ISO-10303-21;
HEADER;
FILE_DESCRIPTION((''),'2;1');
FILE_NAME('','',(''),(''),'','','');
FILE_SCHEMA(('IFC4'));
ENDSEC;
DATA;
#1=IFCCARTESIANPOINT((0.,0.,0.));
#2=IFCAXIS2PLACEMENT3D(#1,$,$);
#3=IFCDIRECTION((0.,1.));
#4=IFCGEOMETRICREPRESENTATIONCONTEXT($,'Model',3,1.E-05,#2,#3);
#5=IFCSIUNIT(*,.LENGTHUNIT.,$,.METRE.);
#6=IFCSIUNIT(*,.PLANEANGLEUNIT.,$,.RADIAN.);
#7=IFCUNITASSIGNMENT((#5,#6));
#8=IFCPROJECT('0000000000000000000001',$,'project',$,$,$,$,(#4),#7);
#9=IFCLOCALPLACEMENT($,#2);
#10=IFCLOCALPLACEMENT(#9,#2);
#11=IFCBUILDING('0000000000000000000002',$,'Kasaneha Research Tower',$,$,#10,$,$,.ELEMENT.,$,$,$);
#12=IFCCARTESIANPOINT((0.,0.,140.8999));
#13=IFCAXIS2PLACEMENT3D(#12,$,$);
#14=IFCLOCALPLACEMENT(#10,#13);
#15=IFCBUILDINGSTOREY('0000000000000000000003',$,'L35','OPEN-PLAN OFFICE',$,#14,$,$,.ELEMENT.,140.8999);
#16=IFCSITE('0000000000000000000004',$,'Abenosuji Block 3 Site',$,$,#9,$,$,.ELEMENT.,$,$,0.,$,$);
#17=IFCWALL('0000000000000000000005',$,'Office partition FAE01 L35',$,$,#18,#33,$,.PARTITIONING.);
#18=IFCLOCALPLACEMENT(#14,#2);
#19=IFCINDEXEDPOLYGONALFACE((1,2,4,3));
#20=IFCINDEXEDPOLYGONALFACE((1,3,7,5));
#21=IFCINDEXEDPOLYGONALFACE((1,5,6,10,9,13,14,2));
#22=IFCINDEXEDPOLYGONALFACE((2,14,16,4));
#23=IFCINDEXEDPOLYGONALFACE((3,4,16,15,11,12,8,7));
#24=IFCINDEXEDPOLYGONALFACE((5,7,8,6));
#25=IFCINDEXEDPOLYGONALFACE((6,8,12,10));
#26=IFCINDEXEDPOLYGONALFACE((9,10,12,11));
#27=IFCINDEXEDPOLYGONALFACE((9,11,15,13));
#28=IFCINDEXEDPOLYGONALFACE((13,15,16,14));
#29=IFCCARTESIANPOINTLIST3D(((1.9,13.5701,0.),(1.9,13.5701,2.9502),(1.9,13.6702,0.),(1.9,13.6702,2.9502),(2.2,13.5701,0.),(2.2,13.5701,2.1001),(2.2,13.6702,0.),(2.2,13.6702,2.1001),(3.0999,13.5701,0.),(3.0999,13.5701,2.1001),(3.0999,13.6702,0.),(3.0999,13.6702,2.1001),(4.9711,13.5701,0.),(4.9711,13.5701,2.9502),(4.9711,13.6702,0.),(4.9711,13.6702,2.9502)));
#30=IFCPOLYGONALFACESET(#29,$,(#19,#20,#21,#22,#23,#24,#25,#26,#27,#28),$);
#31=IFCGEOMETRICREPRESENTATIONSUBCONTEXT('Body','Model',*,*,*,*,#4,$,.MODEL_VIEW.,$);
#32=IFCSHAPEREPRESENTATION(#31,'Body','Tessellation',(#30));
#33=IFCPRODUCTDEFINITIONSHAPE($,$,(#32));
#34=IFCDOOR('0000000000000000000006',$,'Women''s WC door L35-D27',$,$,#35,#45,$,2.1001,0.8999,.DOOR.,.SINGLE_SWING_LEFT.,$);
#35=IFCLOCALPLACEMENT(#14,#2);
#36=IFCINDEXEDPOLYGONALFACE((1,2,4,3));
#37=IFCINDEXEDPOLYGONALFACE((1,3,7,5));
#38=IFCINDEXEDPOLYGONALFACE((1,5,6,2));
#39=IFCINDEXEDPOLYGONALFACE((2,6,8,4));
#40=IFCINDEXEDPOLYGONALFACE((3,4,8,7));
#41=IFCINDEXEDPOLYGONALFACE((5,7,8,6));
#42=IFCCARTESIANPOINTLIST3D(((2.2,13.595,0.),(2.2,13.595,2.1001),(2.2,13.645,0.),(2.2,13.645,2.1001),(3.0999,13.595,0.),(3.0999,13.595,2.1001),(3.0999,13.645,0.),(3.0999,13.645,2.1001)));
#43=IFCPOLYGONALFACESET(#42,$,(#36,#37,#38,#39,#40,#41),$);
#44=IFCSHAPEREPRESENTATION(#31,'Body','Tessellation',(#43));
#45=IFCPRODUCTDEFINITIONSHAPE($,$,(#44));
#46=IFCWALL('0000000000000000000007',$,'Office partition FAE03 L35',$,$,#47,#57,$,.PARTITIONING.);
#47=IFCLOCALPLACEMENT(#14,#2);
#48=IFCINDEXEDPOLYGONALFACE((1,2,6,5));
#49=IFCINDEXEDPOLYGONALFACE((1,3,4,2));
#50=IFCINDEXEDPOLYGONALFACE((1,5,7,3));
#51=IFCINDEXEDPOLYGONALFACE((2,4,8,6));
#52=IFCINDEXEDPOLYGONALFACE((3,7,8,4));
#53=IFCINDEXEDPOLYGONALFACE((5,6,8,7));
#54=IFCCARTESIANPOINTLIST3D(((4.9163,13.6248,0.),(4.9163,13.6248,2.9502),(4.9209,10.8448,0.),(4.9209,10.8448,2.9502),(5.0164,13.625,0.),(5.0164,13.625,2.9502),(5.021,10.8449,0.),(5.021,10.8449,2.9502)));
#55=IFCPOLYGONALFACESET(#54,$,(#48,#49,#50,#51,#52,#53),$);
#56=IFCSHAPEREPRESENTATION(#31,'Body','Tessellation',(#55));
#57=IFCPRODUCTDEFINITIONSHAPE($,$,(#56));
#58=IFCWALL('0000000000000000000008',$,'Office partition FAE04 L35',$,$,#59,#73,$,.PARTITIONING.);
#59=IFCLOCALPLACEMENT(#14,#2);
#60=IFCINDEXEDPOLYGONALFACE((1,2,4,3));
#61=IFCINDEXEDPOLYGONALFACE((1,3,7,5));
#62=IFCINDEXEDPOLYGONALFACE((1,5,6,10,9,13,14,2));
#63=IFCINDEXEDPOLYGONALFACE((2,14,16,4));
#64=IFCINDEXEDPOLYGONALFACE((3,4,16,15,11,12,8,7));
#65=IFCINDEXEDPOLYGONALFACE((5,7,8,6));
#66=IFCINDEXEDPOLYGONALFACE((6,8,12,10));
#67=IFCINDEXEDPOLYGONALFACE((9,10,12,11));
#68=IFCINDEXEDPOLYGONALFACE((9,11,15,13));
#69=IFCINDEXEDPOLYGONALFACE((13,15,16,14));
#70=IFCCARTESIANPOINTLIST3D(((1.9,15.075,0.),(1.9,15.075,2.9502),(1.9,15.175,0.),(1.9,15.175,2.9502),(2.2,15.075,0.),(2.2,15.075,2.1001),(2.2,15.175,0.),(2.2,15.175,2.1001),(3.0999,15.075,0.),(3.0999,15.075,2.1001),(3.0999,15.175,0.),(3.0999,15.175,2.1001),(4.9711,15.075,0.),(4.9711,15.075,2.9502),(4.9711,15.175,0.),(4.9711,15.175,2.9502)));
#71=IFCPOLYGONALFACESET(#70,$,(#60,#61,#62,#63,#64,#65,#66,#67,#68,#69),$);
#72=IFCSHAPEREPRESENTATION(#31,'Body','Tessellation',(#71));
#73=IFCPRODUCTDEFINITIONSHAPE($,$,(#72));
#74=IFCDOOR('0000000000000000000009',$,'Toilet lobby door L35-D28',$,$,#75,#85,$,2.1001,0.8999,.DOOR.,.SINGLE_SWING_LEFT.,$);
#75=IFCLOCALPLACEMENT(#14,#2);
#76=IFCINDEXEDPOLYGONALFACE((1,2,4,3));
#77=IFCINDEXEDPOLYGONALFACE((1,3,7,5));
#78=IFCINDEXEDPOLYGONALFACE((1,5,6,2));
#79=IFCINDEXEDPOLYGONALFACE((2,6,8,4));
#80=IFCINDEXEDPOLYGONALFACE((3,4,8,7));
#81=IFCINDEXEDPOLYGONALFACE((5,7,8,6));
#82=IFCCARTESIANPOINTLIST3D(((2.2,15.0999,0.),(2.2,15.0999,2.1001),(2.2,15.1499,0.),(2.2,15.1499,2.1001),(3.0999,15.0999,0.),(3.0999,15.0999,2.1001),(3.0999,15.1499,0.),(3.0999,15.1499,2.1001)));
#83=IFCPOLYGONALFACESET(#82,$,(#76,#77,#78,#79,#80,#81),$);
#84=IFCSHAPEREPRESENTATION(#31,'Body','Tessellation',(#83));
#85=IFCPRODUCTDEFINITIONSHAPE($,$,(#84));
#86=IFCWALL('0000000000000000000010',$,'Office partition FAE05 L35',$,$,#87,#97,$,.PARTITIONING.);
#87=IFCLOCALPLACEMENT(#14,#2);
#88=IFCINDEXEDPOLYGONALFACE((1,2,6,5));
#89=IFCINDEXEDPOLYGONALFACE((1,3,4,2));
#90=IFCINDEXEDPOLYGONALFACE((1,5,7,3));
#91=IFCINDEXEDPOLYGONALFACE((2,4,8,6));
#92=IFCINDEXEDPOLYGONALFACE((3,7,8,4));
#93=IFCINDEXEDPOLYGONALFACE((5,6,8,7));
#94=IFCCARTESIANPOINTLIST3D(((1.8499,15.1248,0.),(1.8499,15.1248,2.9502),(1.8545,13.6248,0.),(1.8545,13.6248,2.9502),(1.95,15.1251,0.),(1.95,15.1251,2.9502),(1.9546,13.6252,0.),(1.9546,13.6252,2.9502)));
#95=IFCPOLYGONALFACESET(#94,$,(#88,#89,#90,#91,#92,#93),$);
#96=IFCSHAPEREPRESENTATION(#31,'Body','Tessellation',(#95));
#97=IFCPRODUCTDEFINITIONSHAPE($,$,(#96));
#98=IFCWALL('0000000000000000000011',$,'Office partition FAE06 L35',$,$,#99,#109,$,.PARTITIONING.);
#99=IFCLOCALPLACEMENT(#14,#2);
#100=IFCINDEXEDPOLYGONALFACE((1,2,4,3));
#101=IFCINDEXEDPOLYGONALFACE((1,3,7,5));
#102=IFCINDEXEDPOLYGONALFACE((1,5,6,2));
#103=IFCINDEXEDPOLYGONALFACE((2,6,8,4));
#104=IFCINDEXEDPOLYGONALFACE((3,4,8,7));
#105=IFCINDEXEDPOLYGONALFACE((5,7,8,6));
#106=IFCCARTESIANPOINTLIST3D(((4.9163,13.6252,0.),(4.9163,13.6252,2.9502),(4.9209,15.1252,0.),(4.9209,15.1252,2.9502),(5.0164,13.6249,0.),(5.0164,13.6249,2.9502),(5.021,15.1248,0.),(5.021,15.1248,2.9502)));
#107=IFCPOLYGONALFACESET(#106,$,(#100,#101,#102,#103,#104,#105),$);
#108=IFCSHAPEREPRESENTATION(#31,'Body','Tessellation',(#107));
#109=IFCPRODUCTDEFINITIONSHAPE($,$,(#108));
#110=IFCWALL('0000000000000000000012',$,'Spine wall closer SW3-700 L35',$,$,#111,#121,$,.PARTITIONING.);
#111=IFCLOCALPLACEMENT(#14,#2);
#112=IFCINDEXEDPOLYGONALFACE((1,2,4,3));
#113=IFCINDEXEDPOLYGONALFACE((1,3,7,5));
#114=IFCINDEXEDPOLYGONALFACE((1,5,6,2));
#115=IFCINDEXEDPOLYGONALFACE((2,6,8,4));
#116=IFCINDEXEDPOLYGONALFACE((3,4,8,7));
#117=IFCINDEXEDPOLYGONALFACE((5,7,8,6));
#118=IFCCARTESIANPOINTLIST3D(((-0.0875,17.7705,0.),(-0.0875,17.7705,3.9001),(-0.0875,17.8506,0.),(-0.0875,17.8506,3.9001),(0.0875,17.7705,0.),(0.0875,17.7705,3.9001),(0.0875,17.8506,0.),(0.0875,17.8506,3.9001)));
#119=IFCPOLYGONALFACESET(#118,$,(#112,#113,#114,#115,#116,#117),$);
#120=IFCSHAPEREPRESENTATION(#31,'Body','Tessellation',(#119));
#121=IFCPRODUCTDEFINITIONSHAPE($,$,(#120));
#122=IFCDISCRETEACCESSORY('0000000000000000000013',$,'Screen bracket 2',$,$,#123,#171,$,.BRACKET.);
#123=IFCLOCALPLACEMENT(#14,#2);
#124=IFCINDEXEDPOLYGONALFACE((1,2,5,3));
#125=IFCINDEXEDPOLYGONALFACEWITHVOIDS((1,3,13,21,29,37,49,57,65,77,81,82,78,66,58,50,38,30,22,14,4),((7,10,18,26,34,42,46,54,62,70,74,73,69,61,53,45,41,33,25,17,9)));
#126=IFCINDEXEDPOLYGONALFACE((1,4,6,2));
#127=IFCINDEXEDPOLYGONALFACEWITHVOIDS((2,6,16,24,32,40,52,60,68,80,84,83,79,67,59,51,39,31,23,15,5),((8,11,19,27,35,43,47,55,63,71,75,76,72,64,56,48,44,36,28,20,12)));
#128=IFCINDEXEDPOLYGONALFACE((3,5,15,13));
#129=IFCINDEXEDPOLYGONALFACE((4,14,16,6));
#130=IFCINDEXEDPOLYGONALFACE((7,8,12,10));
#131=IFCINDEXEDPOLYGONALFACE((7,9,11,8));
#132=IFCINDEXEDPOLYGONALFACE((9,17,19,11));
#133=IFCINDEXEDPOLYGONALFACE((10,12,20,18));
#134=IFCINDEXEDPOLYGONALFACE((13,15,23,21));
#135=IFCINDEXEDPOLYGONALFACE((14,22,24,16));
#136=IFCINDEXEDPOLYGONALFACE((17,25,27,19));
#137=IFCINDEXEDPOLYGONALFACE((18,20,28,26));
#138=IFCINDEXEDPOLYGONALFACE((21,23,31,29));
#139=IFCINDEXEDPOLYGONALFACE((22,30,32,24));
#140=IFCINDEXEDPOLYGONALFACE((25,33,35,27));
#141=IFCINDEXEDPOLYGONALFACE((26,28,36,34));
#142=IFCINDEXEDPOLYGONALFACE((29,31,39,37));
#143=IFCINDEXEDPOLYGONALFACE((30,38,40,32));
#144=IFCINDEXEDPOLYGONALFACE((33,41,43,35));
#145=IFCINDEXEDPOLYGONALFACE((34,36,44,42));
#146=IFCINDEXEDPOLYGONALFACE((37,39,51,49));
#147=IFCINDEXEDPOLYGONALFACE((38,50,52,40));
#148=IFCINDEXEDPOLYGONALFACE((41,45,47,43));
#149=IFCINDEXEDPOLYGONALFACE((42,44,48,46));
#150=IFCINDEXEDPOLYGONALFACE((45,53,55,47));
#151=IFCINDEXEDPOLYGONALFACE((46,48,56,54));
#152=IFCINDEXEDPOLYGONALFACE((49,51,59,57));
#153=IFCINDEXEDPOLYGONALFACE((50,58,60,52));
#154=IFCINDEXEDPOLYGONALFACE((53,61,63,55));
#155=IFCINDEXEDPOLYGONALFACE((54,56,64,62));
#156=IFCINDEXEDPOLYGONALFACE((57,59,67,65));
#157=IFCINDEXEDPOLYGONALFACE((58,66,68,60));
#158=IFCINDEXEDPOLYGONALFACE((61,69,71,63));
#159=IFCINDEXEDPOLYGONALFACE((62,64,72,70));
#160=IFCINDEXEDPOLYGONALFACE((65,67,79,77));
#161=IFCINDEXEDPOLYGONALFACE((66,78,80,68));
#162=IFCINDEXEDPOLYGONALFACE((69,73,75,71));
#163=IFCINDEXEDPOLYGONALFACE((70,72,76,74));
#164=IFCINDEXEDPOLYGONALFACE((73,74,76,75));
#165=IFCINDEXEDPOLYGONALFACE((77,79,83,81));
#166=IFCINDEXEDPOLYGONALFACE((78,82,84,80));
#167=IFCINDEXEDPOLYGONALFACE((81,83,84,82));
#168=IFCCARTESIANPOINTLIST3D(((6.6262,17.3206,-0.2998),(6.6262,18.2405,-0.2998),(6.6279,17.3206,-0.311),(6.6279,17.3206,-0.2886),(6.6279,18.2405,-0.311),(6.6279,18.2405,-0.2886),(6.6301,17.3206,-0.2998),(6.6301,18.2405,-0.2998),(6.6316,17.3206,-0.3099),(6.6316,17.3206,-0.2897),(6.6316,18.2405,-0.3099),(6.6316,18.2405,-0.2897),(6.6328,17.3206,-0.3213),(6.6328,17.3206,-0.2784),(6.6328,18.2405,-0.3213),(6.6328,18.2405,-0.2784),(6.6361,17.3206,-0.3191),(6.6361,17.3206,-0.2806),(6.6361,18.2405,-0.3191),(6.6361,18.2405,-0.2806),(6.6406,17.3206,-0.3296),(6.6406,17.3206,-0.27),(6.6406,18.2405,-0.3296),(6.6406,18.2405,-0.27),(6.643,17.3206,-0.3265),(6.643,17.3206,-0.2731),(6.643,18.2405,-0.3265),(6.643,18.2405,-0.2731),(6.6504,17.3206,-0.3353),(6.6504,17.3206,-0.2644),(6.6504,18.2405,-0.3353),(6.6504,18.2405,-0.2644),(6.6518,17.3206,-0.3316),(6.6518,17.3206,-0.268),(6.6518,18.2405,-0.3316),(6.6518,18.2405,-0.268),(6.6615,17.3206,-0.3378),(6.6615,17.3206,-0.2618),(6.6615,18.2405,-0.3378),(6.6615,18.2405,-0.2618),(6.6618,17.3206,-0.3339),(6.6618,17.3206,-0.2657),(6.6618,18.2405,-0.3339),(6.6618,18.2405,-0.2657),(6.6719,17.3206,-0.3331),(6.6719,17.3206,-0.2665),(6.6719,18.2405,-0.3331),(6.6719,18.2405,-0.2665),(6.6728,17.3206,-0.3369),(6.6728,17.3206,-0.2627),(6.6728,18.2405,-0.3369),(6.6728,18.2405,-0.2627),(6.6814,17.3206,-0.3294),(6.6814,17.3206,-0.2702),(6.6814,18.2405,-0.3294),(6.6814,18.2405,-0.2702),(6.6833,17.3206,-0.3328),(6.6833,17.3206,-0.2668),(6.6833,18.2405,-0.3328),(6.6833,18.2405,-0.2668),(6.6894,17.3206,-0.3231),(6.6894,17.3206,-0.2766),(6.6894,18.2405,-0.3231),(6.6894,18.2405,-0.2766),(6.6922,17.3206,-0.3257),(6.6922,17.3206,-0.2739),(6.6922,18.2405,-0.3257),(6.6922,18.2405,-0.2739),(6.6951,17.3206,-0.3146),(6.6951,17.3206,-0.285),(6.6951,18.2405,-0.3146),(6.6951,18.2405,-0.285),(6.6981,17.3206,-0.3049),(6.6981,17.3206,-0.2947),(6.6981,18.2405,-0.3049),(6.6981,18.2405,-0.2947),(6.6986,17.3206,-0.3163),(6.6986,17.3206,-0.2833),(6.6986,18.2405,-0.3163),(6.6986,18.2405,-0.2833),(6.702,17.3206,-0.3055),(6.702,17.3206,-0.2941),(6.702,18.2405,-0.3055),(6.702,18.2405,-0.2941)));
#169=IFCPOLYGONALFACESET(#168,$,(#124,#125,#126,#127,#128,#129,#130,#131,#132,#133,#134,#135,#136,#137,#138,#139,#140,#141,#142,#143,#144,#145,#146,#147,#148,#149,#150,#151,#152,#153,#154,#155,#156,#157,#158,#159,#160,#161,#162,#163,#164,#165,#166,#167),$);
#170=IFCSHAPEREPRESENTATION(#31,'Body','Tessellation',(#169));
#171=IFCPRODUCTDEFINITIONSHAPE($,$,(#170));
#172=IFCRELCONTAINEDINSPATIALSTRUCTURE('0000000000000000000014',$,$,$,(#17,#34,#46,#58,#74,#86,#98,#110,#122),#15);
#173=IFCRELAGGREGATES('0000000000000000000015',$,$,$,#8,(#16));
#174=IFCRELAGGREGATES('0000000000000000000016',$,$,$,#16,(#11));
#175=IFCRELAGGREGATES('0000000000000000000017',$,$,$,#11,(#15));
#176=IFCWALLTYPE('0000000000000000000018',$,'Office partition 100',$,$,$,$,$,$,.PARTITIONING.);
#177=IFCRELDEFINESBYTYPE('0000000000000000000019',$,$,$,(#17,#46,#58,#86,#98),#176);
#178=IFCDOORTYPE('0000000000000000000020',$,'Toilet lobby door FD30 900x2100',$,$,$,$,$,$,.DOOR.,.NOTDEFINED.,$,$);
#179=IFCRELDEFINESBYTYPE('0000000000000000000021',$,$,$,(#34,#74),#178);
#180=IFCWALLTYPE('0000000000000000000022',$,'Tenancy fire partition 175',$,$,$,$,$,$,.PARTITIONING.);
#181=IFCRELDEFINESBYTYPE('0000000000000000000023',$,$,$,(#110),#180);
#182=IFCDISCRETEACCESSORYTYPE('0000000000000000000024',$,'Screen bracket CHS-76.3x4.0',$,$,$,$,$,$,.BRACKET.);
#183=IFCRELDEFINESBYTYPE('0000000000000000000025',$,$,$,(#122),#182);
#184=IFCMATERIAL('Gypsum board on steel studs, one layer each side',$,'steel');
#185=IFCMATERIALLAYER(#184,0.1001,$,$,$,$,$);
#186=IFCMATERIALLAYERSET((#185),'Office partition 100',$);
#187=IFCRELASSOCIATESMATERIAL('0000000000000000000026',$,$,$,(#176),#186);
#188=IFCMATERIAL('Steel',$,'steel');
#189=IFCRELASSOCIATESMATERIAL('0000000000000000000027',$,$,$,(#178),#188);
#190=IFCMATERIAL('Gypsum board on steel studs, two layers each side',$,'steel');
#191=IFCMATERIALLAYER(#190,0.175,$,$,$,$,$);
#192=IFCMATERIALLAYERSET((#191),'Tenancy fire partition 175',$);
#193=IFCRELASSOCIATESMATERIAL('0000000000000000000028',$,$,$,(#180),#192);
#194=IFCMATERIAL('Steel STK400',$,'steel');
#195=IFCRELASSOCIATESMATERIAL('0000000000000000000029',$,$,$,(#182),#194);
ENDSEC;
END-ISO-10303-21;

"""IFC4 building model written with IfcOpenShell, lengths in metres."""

from ifc_helpers import new_model, si_unit, direction, frame, frame_2d, origin, origin_2d, place, context, subcontext, project, spatial, rectangle, hollow_circle, extrude, material, layer, layer_set, material_profile, profile_set, type_object, element, fill, save


model = new_model("IFC4")

# Units and contexts
model_context = context("Model", 3, precision=1e-05, world=origin(), true_north=direction((0.0, 1.0)))
body_context = subcontext(model_context, "Body", "Model", "MODEL_VIEW")
ifc_project = project(units=[si_unit("LENGTHUNIT", "METRE"), si_unit("PLANEANGLEUNIT", "RADIAN")], contexts=[model_context])

# Site, building, storey
site_placement = place(None, origin())
site = spatial("IfcSite", under=ifc_project, at=site_placement, Name="Abenosuji Block 3 Site", CompositionType="ELEMENT", RefElevation=0.0)
building_placement = place(site_placement, origin())
building = spatial("IfcBuilding", under=site, at=building_placement, Name="Kasaneha Research Tower", CompositionType="ELEMENT")
storey_placement = place(building_placement, frame((0.0, 0.0, 140.8999)))
storey = spatial("IfcBuildingStorey", under=building, at=storey_placement, Name="L35", Description="OPEN-PLAN OFFICE", CompositionType="ELEMENT", Elevation=140.8999)

# Wall, opening, door
ifc_material_1 = material(Name="Gypsum board on steel studs, one layer each side", Category="steel")
ifc_layer_1 = layer(ifc_material_1, 0.1001)
ifc_layer_set_1 = layer_set([ifc_layer_1], Name="Office partition 100")
wall_type_1 = type_object("IfcWallType", Name="Office partition 100", PredefinedType="PARTITIONING", material=ifc_layer_set_1)
wall_1_placement = place(storey_placement, frame((1.8999, 13.6201, 0.0), z_axis=(0.0, 0.0, 1.0), x_axis=(1.0, 0.0, 0.0)))
wall_1 = element("IfcWall", 1, at=wall_1_placement, inside=storey, type_object=wall_type_1, Name="Office partition FAE01 L35", PredefinedType="PARTITIONING", context=body_context, shape_type="SweptSolid", body=[
    extrude(rectangle(XDim=3.071, YDim=0.1001, at=frame_2d((1.5356, 0.0))), origin(), (0.0, 0.0, 1.0), 2.9502),
])
opening_1_placement = place(wall_1_placement, frame((0.3, 0.0, 0.0)))
opening_1 = element("IfcOpeningElement", 2, at=opening_1_placement, cuts=wall_1, PredefinedType="OPENING", context=body_context, shape_type="SweptSolid", body=[
    extrude(rectangle(XDim=0.8999, YDim=2.1001, at=frame_2d((0.45, 1.05))), frame((0.0, 0.0601, 0.0), z_axis=(0.0, -1.0, 0.0), x_axis=(1.0, 0.0, 0.0)), (0.0, 0.0, 1.0), 0.1201),
])
ifc_material_2 = material(Name="Steel", Category="steel")
door_type = type_object("IfcDoorType", Name="Toilet lobby door FD30 900x2100", OperationType="NOTDEFINED", PredefinedType="DOOR", material=ifc_material_2)
door_1_placement = place(opening_1_placement, origin())
door_1 = element("IfcDoor", 3, at=door_1_placement, inside=storey, type_object=door_type, Name="Women's WC door L35-D27", OperationType="SINGLE_SWING_LEFT", OverallHeight=2.1001, OverallWidth=0.8999, PredefinedType="DOOR", context=body_context, shape_type="SweptSolid", body=[
    extrude(rectangle(XDim=0.8999, YDim=2.1001, at=frame_2d((0.45, 1.05))), frame((0.0, 0.0249, 0.0), z_axis=(0.0, -1.0, 0.0), x_axis=(1.0, 0.0, 0.0)), (0.0, 0.0, 1.0), 0.05),
])
fill(opening_1, door_1)

# Wall
wall_2_placement = place(storey_placement, frame((4.9663, 13.625, 0.0), z_axis=(0.0, 0.0, 1.0), x_axis=(0.001669, -0.999999, 0.0)))
element("IfcWall", 4, at=wall_2_placement, inside=storey, type_object=wall_type_1, Name="Office partition FAE03 L35", PredefinedType="PARTITIONING", context=body_context, shape_type="SweptSolid", body=[
    extrude(rectangle(XDim=2.78, YDim=0.1001, at=frame_2d((1.3901, 0.0))), origin(), (0.0, 0.0, 1.0), 2.9502),
])

# Wall, opening, door
wall_3_placement = place(storey_placement, frame((1.8999, 15.125, 0.0), z_axis=(0.0, 0.0, 1.0), x_axis=(1.0, 0.0, 0.0)))
wall_3 = element("IfcWall", 5, at=wall_3_placement, inside=storey, type_object=wall_type_1, Name="Office partition FAE04 L35", PredefinedType="PARTITIONING", context=body_context, shape_type="SweptSolid", body=[
    extrude(rectangle(XDim=3.071, YDim=0.1001, at=frame_2d((1.5356, 0.0))), origin(), (0.0, 0.0, 1.0), 2.9502),
])
opening_2_placement = place(wall_3_placement, frame((0.3, 0.0, 0.0)))
opening_2 = element("IfcOpeningElement", 6, at=opening_2_placement, cuts=wall_3, PredefinedType="OPENING", context=body_context, shape_type="SweptSolid", body=[
    extrude(rectangle(XDim=0.8999, YDim=2.1001, at=frame_2d((0.45, 1.05))), frame((0.0, 0.0601, 0.0), z_axis=(0.0, -1.0, 0.0), x_axis=(1.0, 0.0, 0.0)), (0.0, 0.0, 1.0), 0.1201),
])
door_2_placement = place(opening_2_placement, origin())
door_2 = element("IfcDoor", 7, at=door_2_placement, inside=storey, type_object=door_type, Name="Toilet lobby door L35-D28", OperationType="SINGLE_SWING_LEFT", OverallHeight=2.1001, OverallWidth=0.8999, PredefinedType="DOOR", context=body_context, shape_type="SweptSolid", body=[
    extrude(rectangle(XDim=0.8999, YDim=2.1001, at=frame_2d((0.45, 1.05))), frame((0.0, 0.0249, 0.0), z_axis=(0.0, -1.0, 0.0), x_axis=(1.0, 0.0, 0.0)), (0.0, 0.0, 1.0), 0.05),
])
fill(opening_2, door_2)

# Walls
for number, where, z_axis, x_axis, name in (
    (8, (1.9045, 13.625, 0.0), (0.0, 0.0, 1.0), (-0.003092, 0.999995, 0.0), "Office partition FAE05 L35"),
    (9, (4.9709, 15.125, 0.0), (0.0, 0.0, 1.0), (-0.003092, -0.999995, 0.0), "Office partition FAE06 L35"),
):
    element("IfcWall", number, at=place(storey_placement, frame(where, z_axis=z_axis, x_axis=x_axis)), inside=storey, type_object=wall_type_1, Name=name, PredefinedType="PARTITIONING", context=body_context, shape_type="SweptSolid", body=[
        extrude(rectangle(XDim=1.5, YDim=0.1001, at=frame_2d((0.75, 0.0))), origin(), (0.0, 0.0, 1.0), 2.9502),
    ])
ifc_material_3 = material(Name="Gypsum board on steel studs, two layers each side", Category="steel")
ifc_layer_2 = layer(ifc_material_3, 0.175)
ifc_layer_set_2 = layer_set([ifc_layer_2], Name="Tenancy fire partition 175")
wall_type_2 = type_object("IfcWallType", Name="Tenancy fire partition 175", PredefinedType="PARTITIONING", material=ifc_layer_set_2)
wall_4_placement = place(storey_placement, frame((0.0, 17.7705, 0.0), z_axis=(0.0, 0.0, 1.0), x_axis=(0.0, 1.0, 0.0)))
element("IfcWall", 10, at=wall_4_placement, inside=storey, type_object=wall_type_2, Name="Spine wall closer SW3-700 L35", PredefinedType="PARTITIONING", context=body_context, shape_type="SweptSolid", body=[
    extrude(rectangle(XDim=0.0801, YDim=0.175, at=frame_2d((0.04, 0.0))), origin(), (0.0, 0.0, 1.0), 3.9001),
])

# Discrete accessory
ifc_material_4 = material(Name="Steel STK400", Category="steel")
ifc_material_profile_1 = material_profile(ifc_material_4, hollow_circle(Radius=0.0381, WallThickness=0.0039, at=origin_2d()), Name="CHS-76.3x4.0")
ifc_profile_set_1 = profile_set([ifc_material_profile_1], Name="Steel STK400")
discrete_accessory_type = type_object("IfcDiscreteAccessoryType", Name="Screen bracket CHS-76.3x4.0", PredefinedType="BRACKET", material=ifc_profile_set_1)
for number, where, z_axis, x_axis, name in (
    (11, (6.6643, 17.3206, -0.2998), (0.0, 1.0, 0.0), (-1.0, 0.0, 0.0), "Screen bracket 2"),
):
    element("IfcDiscreteAccessory", number, at=place(storey_placement, frame(where, z_axis=z_axis, x_axis=x_axis)), inside=storey, type_object=discrete_accessory_type, Name=name, PredefinedType="BRACKET", context=body_context, shape_type="SweptSolid", body=[
        extrude(hollow_circle(Radius=0.0381, WallThickness=0.0039, at=origin_2d()), origin(), (0.0, 0.0, 1.0), 0.9199),
    ])

save(model, "model.ifc")
